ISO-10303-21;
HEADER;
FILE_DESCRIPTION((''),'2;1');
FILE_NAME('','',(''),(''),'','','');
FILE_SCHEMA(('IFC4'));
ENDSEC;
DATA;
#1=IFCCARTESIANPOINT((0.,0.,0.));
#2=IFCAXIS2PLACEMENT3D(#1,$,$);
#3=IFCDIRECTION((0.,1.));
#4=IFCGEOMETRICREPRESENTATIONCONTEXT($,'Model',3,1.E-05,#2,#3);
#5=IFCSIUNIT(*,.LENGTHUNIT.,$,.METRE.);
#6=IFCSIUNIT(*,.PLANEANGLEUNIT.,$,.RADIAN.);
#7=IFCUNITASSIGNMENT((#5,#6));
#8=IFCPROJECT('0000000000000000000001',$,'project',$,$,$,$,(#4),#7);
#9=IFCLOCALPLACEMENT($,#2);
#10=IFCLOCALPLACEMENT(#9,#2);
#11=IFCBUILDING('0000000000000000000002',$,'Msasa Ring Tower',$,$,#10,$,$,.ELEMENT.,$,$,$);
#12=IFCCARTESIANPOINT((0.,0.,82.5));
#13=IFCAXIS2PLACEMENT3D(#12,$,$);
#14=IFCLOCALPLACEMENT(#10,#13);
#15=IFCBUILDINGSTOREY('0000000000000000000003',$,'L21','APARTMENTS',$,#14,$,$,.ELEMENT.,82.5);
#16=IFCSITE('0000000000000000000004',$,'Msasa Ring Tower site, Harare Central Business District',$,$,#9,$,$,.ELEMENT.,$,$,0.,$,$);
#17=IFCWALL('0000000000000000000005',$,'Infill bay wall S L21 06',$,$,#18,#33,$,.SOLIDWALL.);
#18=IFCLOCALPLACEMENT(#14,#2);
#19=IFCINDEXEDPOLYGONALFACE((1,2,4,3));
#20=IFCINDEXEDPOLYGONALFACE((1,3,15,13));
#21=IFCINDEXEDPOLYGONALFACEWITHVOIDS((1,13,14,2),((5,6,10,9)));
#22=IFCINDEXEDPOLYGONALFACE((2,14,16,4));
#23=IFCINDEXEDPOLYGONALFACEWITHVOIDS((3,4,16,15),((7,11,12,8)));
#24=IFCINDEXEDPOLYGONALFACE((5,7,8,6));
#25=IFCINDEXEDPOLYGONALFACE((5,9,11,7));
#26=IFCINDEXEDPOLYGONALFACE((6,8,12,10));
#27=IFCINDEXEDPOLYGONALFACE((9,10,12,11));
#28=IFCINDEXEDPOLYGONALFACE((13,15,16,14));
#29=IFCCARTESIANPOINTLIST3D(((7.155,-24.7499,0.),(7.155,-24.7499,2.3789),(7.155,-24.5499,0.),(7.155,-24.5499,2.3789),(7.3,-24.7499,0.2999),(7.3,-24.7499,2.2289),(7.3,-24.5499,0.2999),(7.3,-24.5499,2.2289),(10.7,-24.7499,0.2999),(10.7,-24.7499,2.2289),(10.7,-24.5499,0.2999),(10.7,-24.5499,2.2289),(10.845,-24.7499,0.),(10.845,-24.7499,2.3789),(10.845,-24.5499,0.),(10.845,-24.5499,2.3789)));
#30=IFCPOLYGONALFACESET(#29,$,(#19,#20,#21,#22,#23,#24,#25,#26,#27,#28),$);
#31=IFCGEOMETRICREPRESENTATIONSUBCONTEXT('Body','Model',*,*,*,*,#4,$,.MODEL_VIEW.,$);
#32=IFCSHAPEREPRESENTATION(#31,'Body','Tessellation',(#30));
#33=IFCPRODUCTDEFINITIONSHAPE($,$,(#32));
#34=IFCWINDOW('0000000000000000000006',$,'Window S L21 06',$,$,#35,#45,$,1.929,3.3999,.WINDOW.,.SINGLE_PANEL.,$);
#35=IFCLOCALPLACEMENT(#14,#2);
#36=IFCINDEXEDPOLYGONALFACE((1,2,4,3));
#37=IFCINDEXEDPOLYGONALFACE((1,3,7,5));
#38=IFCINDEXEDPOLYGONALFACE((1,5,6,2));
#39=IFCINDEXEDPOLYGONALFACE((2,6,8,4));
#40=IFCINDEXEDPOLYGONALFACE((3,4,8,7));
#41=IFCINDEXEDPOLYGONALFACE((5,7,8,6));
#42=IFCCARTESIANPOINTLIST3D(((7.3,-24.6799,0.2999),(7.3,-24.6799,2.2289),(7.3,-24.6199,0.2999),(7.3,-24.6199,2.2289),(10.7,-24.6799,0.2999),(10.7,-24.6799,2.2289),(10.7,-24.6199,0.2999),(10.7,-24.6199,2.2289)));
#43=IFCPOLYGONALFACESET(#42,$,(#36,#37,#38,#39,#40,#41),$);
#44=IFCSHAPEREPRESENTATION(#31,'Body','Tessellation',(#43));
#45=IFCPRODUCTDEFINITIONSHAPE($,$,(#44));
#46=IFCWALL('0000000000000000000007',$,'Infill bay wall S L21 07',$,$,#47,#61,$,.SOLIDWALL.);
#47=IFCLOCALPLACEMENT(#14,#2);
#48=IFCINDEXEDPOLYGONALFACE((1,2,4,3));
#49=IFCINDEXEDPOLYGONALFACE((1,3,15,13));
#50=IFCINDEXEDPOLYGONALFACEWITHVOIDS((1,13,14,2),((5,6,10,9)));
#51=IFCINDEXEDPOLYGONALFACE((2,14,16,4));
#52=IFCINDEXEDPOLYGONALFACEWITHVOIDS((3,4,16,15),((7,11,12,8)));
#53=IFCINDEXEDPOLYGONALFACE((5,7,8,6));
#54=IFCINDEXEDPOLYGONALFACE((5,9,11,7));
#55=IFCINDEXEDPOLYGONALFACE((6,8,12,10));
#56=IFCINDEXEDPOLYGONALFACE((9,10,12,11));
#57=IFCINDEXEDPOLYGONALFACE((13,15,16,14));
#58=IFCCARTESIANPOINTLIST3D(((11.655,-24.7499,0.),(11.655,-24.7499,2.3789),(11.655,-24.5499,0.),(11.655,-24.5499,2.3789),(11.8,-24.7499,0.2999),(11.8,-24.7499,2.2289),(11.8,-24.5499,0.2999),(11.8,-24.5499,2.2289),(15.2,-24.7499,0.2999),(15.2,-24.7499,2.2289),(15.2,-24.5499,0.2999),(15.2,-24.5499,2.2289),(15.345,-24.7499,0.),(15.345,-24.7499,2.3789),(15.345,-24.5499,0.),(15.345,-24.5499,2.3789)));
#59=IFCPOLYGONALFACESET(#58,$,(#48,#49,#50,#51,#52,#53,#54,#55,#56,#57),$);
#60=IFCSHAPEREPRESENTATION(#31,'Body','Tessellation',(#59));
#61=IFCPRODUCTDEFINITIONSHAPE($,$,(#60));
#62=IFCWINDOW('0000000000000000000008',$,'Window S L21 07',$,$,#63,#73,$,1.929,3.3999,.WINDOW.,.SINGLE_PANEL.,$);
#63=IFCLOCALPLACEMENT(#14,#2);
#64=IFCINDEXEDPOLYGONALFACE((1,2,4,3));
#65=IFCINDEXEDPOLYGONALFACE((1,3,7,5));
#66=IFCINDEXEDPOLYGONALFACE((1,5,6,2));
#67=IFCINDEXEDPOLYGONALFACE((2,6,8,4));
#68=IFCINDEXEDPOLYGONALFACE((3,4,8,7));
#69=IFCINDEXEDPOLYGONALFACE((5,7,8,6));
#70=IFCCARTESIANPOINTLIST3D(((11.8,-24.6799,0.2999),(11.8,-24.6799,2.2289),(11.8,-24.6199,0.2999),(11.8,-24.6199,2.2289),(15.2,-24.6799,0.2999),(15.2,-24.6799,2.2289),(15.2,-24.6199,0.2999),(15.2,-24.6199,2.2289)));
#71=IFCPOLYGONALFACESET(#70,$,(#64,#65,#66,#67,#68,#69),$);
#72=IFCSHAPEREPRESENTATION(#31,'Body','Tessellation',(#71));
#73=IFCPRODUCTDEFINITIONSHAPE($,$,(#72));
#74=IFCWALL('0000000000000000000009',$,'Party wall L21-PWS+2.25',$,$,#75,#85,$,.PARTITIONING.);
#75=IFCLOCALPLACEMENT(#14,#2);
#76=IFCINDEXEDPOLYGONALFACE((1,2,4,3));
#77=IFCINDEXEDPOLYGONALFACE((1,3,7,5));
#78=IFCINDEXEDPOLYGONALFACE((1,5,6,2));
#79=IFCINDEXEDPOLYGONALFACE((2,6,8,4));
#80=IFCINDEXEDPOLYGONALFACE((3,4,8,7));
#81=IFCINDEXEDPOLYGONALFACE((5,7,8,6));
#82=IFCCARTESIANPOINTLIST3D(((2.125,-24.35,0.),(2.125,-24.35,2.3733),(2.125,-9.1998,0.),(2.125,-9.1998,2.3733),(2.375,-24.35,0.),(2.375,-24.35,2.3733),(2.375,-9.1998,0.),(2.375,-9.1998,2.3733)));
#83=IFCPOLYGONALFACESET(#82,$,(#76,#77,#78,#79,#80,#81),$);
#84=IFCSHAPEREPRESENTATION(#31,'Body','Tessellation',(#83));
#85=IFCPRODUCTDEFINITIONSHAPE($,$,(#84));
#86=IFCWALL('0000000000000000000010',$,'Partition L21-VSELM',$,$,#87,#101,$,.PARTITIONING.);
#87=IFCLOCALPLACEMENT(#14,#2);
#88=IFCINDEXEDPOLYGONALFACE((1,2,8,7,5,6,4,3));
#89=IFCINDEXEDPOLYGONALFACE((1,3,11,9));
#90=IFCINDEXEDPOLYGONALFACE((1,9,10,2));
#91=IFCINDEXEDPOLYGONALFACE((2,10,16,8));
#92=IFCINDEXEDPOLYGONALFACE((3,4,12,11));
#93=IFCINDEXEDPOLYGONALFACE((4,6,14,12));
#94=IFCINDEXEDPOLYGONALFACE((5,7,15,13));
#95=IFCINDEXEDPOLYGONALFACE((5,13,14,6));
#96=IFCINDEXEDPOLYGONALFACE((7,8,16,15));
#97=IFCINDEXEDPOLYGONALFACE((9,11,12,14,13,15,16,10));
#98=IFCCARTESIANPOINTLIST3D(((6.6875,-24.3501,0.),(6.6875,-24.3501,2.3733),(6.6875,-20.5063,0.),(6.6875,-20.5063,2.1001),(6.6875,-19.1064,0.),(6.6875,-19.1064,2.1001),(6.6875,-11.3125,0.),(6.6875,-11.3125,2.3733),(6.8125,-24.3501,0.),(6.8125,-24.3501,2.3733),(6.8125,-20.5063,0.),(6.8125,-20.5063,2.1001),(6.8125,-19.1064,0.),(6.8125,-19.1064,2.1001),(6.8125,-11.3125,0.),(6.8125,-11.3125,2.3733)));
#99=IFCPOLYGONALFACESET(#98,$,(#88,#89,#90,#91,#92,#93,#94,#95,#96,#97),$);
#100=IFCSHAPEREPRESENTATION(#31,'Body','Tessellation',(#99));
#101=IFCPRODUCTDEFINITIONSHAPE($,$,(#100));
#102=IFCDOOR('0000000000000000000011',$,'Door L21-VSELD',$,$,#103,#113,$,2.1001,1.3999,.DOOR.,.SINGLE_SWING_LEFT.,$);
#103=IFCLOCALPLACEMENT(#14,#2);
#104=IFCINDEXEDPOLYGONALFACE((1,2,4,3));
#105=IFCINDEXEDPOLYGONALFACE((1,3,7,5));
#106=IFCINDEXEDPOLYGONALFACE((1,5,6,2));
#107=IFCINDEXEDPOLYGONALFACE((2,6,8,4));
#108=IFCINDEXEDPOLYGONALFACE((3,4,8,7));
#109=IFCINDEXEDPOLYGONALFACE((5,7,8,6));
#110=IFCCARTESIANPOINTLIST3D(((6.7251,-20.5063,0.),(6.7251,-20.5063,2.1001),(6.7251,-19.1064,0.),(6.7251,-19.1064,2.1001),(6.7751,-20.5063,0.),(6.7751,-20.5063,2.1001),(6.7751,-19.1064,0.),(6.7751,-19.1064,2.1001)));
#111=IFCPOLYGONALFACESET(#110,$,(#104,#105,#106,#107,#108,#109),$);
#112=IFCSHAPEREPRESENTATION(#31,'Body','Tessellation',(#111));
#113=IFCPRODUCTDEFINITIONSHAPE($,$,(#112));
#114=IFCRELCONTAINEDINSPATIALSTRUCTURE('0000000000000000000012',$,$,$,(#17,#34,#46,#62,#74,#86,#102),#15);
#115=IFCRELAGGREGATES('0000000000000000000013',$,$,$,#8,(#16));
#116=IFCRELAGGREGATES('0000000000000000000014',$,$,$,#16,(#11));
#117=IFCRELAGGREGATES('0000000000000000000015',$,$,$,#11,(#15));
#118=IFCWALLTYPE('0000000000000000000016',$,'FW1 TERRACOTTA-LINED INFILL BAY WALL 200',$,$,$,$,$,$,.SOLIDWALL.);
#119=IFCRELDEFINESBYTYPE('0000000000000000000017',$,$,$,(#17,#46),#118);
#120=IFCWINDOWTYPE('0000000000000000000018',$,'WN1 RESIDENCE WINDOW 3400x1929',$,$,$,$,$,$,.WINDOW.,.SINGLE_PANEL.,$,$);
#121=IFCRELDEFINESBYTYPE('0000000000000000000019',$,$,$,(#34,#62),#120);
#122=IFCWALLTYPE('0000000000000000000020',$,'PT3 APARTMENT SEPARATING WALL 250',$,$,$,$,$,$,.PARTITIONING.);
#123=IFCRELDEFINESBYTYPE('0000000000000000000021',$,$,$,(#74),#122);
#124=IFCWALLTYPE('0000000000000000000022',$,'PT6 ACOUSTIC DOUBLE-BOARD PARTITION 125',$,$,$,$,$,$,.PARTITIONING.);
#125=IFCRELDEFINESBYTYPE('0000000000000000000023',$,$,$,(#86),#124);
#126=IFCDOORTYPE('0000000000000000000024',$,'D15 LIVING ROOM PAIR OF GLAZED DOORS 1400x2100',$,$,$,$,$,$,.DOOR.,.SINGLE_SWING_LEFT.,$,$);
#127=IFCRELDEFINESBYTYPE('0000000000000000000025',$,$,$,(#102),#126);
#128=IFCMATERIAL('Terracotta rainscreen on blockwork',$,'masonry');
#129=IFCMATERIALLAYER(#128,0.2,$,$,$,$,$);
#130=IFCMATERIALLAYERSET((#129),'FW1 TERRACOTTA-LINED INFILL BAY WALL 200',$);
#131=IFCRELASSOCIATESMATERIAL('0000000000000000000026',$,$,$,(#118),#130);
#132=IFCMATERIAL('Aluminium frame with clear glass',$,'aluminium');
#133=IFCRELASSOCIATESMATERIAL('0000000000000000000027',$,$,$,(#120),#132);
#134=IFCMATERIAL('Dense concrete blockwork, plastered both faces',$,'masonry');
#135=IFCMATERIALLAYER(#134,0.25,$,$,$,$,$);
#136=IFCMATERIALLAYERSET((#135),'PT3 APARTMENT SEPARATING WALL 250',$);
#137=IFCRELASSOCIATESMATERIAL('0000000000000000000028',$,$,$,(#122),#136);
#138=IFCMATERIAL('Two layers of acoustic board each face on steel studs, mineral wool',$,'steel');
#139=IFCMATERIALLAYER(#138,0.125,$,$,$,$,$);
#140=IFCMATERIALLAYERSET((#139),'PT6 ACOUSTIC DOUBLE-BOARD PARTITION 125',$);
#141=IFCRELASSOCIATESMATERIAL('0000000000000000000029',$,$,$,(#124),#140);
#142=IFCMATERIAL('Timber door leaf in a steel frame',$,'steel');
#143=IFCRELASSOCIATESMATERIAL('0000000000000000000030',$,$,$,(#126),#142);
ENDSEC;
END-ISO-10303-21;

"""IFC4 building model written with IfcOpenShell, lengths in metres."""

from ifc_helpers import new_model, si_unit, direction, frame, frame_2d, origin, place, context, subcontext, project, spatial, rectangle, extrude, material, layer, layer_set, type_object, element, fill, save


model = new_model("IFC4")

# Units and contexts
model_context = context("Model", 3, precision=1e-05, world=origin(), true_north=direction((0.0, 1.0)))
body_context = subcontext(model_context, "Body", "Model", "MODEL_VIEW")
ifc_project = project(units=[si_unit("LENGTHUNIT", "METRE"), si_unit("PLANEANGLEUNIT", "RADIAN")], contexts=[model_context])

# Site, building, storey
site_placement = place(None, origin())
site = spatial("IfcSite", under=ifc_project, at=site_placement, Name="Msasa Ring Tower site, Harare Central Business District", CompositionType="ELEMENT", RefElevation=0.0)
building_placement = place(site_placement, origin())
building = spatial("IfcBuilding", under=site, at=building_placement, Name="Msasa Ring Tower", CompositionType="ELEMENT")
storey_placement = place(building_placement, frame((0.0, 0.0, 82.5)))
storey = spatial("IfcBuildingStorey", under=building, at=storey_placement, Name="L21", Description="APARTMENTS", CompositionType="ELEMENT", Elevation=82.5)

# Walls, openings, windows
ifc_material_1 = material(Name="Terracotta rainscreen on blockwork", Category="masonry")
ifc_layer_1 = layer(ifc_material_1, 0.2)
ifc_layer_set_1 = layer_set([ifc_layer_1], Name="FW1 TERRACOTTA-LINED INFILL BAY WALL 200")
wall_type_1 = type_object("IfcWallType", Name="FW1 TERRACOTTA-LINED INFILL BAY WALL 200", PredefinedType="SOLIDWALL", material=ifc_layer_set_1)
ifc_material_2 = material(Name="Aluminium frame with clear glass", Category="aluminium")
window_type = type_object("IfcWindowType", Name="WN1 RESIDENCE WINDOW 3400x1929", PartitioningType="SINGLE_PANEL", PredefinedType="WINDOW", material=ifc_material_2)
wall_1_placement = place(storey_placement, frame((7.155, -24.6499, 0.0), z_axis=(0.0, 0.0, 1.0), x_axis=(1.0, 0.0, 0.0)))
wall_1 = element("IfcWall", 1, at=wall_1_placement, inside=storey, type_object=wall_type_1, Name="Infill bay wall S L21 06", PredefinedType="SOLIDWALL", context=body_context, shape_type="SweptSolid", body=[
    extrude(rectangle(XDim=3.6899, YDim=0.2, at=frame_2d((1.845, 0.0))), origin(), (0.0, 0.0, 1.0), 2.3789),
])
opening_1_placement = place(wall_1_placement, frame((0.145, 0.0, 0.3)))
opening_1 = element("IfcOpeningElement", 2, at=opening_1_placement, cuts=wall_1, PredefinedType="OPENING", context=body_context, shape_type="SweptSolid", body=[
    extrude(rectangle(XDim=3.3999, YDim=1.929, at=frame_2d((1.7, 0.9644))), frame((0.0, 0.1099, 0.0), z_axis=(0.0, -1.0, 0.0), x_axis=(1.0, 0.0, 0.0)), (0.0, 0.0, 1.0), 0.22),
])
window_1_placement = place(opening_1_placement, origin())
window_1 = element("IfcWindow", 3, at=window_1_placement, inside=storey, type_object=window_type, Name="Window S L21 06", OverallHeight=1.929, OverallWidth=3.3999, PartitioningType="SINGLE_PANEL", PredefinedType="WINDOW", context=body_context, shape_type="SweptSolid", body=[
    extrude(rectangle(XDim=3.3999, YDim=1.929, at=frame_2d((1.7, 0.9644))), frame((0.0, 0.03, 0.0), z_axis=(0.0, -1.0, 0.0), x_axis=(1.0, 0.0, 0.0)), (0.0, 0.0, 1.0), 0.0601),
])
fill(opening_1, window_1)
wall_2_placement = place(storey_placement, frame((11.655, -24.6499, 0.0), z_axis=(0.0, 0.0, 1.0), x_axis=(1.0, 0.0, 0.0)))
wall_2 = element("IfcWall", 4, at=wall_2_placement, inside=storey, type_object=wall_type_1, Name="Infill bay wall S L21 07", PredefinedType="SOLIDWALL", context=body_context, shape_type="SweptSolid", body=[
    extrude(rectangle(XDim=3.6899, YDim=0.2, at=frame_2d((1.845, 0.0))), origin(), (0.0, 0.0, 1.0), 2.3789),
])
opening_2_placement = place(wall_2_placement, frame((0.145, 0.0, 0.3)))
opening_2 = element("IfcOpeningElement", 5, at=opening_2_placement, cuts=wall_2, PredefinedType="OPENING", context=body_context, shape_type="SweptSolid", body=[
    extrude(rectangle(XDim=3.3999, YDim=1.929, at=frame_2d((1.7, 0.9644))), frame((0.0, 0.1099, 0.0), z_axis=(0.0, -1.0, 0.0), x_axis=(1.0, 0.0, 0.0)), (0.0, 0.0, 1.0), 0.22),
])
window_2_placement = place(opening_2_placement, origin())
window_2 = element("IfcWindow", 6, at=window_2_placement, inside=storey, type_object=window_type, Name="Window S L21 07", OverallHeight=1.929, OverallWidth=3.3999, PartitioningType="SINGLE_PANEL", PredefinedType="WINDOW", context=body_context, shape_type="SweptSolid", body=[
    extrude(rectangle(XDim=3.3999, YDim=1.929, at=frame_2d((1.7, 0.9644))), frame((0.0, 0.03, 0.0), z_axis=(0.0, -1.0, 0.0), x_axis=(1.0, 0.0, 0.0)), (0.0, 0.0, 1.0), 0.0601),
])
fill(opening_2, window_2)

# Wall
ifc_material_3 = material(Name="Dense concrete blockwork, plastered both faces", Category="masonry")
ifc_layer_2 = layer(ifc_material_3, 0.25)
ifc_layer_set_2 = layer_set([ifc_layer_2], Name="PT3 APARTMENT SEPARATING WALL 250")
wall_type_2 = type_object("IfcWallType", Name="PT3 APARTMENT SEPARATING WALL 250", PredefinedType="PARTITIONING", material=ifc_layer_set_2)
wall_3_placement = place(storey_placement, frame((2.25, -24.3501, 0.0), z_axis=(0.0, 0.0, 1.0), x_axis=(0.0, 1.0, 0.0)))
element("IfcWall", 7, at=wall_3_placement, inside=storey, type_object=wall_type_2, Name="Party wall L21-PWS+2.25", PredefinedType="PARTITIONING", context=body_context, shape_type="SweptSolid", body=[
    extrude(rectangle(XDim=15.1501, YDim=0.25, at=frame_2d((7.5752, 0.0))), origin(), (0.0, 0.0, 1.0), 2.3733),
])

# Wall, opening, door
ifc_material_4 = material(Name="Two layers of acoustic board each face on steel studs, mineral wool", Category="steel")
ifc_layer_3 = layer(ifc_material_4, 0.125)
ifc_layer_set_3 = layer_set([ifc_layer_3], Name="PT6 ACOUSTIC DOUBLE-BOARD PARTITION 125")
wall_type_3 = type_object("IfcWallType", Name="PT6 ACOUSTIC DOUBLE-BOARD PARTITION 125", PredefinedType="PARTITIONING", material=ifc_layer_set_3)
wall_4_placement = place(storey_placement, frame((6.75, -24.3501, 0.0), z_axis=(0.0, 0.0, 1.0), x_axis=(0.0, 1.0, 0.0)))
wall_4 = element("IfcWall", 8, at=wall_4_placement, inside=storey, type_object=wall_type_3, Name="Partition L21-VSELM", PredefinedType="PARTITIONING", context=body_context, shape_type="SweptSolid", body=[
    extrude(rectangle(XDim=13.0376, YDim=0.125, at=frame_2d((6.5188, 0.0))), origin(), (0.0, 0.0, 1.0), 2.3733),
])
opening_3_placement = place(wall_4_placement, frame((3.8438, 0.0, 0.0)))
opening_3 = element("IfcOpeningElement", 9, at=opening_3_placement, cuts=wall_4, PredefinedType="OPENING", context=body_context, shape_type="SweptSolid", body=[
    extrude(rectangle(XDim=1.3999, YDim=2.1001, at=frame_2d((0.7, 1.05))), frame((0.0, 0.0725, 0.0), z_axis=(0.0, -1.0, 0.0), x_axis=(1.0, 0.0, 0.0)), (0.0, 0.0, 1.0), 0.145),
])
ifc_material_5 = material(Name="Timber door leaf in a steel frame", Category="steel")
door_type = type_object("IfcDoorType", Name="D15 LIVING ROOM PAIR OF GLAZED DOORS 1400x2100", OperationType="SINGLE_SWING_LEFT", PredefinedType="DOOR", material=ifc_material_5)
door_placement = place(opening_3_placement, origin())
door = element("IfcDoor", 10, at=door_placement, inside=storey, type_object=door_type, Name="Door L21-VSELD", OperationType="SINGLE_SWING_LEFT", OverallHeight=2.1001, OverallWidth=1.3999, PredefinedType="DOOR", context=body_context, shape_type="SweptSolid", body=[
    extrude(rectangle(XDim=1.3999, YDim=2.1001, at=frame_2d((0.7, 1.05))), frame((0.0, 0.0249, 0.0), z_axis=(0.0, -1.0, 0.0), x_axis=(1.0, 0.0, 0.0)), (0.0, 0.0, 1.0), 0.05),
])
fill(opening_3, door)

save(model, "model.ifc")
